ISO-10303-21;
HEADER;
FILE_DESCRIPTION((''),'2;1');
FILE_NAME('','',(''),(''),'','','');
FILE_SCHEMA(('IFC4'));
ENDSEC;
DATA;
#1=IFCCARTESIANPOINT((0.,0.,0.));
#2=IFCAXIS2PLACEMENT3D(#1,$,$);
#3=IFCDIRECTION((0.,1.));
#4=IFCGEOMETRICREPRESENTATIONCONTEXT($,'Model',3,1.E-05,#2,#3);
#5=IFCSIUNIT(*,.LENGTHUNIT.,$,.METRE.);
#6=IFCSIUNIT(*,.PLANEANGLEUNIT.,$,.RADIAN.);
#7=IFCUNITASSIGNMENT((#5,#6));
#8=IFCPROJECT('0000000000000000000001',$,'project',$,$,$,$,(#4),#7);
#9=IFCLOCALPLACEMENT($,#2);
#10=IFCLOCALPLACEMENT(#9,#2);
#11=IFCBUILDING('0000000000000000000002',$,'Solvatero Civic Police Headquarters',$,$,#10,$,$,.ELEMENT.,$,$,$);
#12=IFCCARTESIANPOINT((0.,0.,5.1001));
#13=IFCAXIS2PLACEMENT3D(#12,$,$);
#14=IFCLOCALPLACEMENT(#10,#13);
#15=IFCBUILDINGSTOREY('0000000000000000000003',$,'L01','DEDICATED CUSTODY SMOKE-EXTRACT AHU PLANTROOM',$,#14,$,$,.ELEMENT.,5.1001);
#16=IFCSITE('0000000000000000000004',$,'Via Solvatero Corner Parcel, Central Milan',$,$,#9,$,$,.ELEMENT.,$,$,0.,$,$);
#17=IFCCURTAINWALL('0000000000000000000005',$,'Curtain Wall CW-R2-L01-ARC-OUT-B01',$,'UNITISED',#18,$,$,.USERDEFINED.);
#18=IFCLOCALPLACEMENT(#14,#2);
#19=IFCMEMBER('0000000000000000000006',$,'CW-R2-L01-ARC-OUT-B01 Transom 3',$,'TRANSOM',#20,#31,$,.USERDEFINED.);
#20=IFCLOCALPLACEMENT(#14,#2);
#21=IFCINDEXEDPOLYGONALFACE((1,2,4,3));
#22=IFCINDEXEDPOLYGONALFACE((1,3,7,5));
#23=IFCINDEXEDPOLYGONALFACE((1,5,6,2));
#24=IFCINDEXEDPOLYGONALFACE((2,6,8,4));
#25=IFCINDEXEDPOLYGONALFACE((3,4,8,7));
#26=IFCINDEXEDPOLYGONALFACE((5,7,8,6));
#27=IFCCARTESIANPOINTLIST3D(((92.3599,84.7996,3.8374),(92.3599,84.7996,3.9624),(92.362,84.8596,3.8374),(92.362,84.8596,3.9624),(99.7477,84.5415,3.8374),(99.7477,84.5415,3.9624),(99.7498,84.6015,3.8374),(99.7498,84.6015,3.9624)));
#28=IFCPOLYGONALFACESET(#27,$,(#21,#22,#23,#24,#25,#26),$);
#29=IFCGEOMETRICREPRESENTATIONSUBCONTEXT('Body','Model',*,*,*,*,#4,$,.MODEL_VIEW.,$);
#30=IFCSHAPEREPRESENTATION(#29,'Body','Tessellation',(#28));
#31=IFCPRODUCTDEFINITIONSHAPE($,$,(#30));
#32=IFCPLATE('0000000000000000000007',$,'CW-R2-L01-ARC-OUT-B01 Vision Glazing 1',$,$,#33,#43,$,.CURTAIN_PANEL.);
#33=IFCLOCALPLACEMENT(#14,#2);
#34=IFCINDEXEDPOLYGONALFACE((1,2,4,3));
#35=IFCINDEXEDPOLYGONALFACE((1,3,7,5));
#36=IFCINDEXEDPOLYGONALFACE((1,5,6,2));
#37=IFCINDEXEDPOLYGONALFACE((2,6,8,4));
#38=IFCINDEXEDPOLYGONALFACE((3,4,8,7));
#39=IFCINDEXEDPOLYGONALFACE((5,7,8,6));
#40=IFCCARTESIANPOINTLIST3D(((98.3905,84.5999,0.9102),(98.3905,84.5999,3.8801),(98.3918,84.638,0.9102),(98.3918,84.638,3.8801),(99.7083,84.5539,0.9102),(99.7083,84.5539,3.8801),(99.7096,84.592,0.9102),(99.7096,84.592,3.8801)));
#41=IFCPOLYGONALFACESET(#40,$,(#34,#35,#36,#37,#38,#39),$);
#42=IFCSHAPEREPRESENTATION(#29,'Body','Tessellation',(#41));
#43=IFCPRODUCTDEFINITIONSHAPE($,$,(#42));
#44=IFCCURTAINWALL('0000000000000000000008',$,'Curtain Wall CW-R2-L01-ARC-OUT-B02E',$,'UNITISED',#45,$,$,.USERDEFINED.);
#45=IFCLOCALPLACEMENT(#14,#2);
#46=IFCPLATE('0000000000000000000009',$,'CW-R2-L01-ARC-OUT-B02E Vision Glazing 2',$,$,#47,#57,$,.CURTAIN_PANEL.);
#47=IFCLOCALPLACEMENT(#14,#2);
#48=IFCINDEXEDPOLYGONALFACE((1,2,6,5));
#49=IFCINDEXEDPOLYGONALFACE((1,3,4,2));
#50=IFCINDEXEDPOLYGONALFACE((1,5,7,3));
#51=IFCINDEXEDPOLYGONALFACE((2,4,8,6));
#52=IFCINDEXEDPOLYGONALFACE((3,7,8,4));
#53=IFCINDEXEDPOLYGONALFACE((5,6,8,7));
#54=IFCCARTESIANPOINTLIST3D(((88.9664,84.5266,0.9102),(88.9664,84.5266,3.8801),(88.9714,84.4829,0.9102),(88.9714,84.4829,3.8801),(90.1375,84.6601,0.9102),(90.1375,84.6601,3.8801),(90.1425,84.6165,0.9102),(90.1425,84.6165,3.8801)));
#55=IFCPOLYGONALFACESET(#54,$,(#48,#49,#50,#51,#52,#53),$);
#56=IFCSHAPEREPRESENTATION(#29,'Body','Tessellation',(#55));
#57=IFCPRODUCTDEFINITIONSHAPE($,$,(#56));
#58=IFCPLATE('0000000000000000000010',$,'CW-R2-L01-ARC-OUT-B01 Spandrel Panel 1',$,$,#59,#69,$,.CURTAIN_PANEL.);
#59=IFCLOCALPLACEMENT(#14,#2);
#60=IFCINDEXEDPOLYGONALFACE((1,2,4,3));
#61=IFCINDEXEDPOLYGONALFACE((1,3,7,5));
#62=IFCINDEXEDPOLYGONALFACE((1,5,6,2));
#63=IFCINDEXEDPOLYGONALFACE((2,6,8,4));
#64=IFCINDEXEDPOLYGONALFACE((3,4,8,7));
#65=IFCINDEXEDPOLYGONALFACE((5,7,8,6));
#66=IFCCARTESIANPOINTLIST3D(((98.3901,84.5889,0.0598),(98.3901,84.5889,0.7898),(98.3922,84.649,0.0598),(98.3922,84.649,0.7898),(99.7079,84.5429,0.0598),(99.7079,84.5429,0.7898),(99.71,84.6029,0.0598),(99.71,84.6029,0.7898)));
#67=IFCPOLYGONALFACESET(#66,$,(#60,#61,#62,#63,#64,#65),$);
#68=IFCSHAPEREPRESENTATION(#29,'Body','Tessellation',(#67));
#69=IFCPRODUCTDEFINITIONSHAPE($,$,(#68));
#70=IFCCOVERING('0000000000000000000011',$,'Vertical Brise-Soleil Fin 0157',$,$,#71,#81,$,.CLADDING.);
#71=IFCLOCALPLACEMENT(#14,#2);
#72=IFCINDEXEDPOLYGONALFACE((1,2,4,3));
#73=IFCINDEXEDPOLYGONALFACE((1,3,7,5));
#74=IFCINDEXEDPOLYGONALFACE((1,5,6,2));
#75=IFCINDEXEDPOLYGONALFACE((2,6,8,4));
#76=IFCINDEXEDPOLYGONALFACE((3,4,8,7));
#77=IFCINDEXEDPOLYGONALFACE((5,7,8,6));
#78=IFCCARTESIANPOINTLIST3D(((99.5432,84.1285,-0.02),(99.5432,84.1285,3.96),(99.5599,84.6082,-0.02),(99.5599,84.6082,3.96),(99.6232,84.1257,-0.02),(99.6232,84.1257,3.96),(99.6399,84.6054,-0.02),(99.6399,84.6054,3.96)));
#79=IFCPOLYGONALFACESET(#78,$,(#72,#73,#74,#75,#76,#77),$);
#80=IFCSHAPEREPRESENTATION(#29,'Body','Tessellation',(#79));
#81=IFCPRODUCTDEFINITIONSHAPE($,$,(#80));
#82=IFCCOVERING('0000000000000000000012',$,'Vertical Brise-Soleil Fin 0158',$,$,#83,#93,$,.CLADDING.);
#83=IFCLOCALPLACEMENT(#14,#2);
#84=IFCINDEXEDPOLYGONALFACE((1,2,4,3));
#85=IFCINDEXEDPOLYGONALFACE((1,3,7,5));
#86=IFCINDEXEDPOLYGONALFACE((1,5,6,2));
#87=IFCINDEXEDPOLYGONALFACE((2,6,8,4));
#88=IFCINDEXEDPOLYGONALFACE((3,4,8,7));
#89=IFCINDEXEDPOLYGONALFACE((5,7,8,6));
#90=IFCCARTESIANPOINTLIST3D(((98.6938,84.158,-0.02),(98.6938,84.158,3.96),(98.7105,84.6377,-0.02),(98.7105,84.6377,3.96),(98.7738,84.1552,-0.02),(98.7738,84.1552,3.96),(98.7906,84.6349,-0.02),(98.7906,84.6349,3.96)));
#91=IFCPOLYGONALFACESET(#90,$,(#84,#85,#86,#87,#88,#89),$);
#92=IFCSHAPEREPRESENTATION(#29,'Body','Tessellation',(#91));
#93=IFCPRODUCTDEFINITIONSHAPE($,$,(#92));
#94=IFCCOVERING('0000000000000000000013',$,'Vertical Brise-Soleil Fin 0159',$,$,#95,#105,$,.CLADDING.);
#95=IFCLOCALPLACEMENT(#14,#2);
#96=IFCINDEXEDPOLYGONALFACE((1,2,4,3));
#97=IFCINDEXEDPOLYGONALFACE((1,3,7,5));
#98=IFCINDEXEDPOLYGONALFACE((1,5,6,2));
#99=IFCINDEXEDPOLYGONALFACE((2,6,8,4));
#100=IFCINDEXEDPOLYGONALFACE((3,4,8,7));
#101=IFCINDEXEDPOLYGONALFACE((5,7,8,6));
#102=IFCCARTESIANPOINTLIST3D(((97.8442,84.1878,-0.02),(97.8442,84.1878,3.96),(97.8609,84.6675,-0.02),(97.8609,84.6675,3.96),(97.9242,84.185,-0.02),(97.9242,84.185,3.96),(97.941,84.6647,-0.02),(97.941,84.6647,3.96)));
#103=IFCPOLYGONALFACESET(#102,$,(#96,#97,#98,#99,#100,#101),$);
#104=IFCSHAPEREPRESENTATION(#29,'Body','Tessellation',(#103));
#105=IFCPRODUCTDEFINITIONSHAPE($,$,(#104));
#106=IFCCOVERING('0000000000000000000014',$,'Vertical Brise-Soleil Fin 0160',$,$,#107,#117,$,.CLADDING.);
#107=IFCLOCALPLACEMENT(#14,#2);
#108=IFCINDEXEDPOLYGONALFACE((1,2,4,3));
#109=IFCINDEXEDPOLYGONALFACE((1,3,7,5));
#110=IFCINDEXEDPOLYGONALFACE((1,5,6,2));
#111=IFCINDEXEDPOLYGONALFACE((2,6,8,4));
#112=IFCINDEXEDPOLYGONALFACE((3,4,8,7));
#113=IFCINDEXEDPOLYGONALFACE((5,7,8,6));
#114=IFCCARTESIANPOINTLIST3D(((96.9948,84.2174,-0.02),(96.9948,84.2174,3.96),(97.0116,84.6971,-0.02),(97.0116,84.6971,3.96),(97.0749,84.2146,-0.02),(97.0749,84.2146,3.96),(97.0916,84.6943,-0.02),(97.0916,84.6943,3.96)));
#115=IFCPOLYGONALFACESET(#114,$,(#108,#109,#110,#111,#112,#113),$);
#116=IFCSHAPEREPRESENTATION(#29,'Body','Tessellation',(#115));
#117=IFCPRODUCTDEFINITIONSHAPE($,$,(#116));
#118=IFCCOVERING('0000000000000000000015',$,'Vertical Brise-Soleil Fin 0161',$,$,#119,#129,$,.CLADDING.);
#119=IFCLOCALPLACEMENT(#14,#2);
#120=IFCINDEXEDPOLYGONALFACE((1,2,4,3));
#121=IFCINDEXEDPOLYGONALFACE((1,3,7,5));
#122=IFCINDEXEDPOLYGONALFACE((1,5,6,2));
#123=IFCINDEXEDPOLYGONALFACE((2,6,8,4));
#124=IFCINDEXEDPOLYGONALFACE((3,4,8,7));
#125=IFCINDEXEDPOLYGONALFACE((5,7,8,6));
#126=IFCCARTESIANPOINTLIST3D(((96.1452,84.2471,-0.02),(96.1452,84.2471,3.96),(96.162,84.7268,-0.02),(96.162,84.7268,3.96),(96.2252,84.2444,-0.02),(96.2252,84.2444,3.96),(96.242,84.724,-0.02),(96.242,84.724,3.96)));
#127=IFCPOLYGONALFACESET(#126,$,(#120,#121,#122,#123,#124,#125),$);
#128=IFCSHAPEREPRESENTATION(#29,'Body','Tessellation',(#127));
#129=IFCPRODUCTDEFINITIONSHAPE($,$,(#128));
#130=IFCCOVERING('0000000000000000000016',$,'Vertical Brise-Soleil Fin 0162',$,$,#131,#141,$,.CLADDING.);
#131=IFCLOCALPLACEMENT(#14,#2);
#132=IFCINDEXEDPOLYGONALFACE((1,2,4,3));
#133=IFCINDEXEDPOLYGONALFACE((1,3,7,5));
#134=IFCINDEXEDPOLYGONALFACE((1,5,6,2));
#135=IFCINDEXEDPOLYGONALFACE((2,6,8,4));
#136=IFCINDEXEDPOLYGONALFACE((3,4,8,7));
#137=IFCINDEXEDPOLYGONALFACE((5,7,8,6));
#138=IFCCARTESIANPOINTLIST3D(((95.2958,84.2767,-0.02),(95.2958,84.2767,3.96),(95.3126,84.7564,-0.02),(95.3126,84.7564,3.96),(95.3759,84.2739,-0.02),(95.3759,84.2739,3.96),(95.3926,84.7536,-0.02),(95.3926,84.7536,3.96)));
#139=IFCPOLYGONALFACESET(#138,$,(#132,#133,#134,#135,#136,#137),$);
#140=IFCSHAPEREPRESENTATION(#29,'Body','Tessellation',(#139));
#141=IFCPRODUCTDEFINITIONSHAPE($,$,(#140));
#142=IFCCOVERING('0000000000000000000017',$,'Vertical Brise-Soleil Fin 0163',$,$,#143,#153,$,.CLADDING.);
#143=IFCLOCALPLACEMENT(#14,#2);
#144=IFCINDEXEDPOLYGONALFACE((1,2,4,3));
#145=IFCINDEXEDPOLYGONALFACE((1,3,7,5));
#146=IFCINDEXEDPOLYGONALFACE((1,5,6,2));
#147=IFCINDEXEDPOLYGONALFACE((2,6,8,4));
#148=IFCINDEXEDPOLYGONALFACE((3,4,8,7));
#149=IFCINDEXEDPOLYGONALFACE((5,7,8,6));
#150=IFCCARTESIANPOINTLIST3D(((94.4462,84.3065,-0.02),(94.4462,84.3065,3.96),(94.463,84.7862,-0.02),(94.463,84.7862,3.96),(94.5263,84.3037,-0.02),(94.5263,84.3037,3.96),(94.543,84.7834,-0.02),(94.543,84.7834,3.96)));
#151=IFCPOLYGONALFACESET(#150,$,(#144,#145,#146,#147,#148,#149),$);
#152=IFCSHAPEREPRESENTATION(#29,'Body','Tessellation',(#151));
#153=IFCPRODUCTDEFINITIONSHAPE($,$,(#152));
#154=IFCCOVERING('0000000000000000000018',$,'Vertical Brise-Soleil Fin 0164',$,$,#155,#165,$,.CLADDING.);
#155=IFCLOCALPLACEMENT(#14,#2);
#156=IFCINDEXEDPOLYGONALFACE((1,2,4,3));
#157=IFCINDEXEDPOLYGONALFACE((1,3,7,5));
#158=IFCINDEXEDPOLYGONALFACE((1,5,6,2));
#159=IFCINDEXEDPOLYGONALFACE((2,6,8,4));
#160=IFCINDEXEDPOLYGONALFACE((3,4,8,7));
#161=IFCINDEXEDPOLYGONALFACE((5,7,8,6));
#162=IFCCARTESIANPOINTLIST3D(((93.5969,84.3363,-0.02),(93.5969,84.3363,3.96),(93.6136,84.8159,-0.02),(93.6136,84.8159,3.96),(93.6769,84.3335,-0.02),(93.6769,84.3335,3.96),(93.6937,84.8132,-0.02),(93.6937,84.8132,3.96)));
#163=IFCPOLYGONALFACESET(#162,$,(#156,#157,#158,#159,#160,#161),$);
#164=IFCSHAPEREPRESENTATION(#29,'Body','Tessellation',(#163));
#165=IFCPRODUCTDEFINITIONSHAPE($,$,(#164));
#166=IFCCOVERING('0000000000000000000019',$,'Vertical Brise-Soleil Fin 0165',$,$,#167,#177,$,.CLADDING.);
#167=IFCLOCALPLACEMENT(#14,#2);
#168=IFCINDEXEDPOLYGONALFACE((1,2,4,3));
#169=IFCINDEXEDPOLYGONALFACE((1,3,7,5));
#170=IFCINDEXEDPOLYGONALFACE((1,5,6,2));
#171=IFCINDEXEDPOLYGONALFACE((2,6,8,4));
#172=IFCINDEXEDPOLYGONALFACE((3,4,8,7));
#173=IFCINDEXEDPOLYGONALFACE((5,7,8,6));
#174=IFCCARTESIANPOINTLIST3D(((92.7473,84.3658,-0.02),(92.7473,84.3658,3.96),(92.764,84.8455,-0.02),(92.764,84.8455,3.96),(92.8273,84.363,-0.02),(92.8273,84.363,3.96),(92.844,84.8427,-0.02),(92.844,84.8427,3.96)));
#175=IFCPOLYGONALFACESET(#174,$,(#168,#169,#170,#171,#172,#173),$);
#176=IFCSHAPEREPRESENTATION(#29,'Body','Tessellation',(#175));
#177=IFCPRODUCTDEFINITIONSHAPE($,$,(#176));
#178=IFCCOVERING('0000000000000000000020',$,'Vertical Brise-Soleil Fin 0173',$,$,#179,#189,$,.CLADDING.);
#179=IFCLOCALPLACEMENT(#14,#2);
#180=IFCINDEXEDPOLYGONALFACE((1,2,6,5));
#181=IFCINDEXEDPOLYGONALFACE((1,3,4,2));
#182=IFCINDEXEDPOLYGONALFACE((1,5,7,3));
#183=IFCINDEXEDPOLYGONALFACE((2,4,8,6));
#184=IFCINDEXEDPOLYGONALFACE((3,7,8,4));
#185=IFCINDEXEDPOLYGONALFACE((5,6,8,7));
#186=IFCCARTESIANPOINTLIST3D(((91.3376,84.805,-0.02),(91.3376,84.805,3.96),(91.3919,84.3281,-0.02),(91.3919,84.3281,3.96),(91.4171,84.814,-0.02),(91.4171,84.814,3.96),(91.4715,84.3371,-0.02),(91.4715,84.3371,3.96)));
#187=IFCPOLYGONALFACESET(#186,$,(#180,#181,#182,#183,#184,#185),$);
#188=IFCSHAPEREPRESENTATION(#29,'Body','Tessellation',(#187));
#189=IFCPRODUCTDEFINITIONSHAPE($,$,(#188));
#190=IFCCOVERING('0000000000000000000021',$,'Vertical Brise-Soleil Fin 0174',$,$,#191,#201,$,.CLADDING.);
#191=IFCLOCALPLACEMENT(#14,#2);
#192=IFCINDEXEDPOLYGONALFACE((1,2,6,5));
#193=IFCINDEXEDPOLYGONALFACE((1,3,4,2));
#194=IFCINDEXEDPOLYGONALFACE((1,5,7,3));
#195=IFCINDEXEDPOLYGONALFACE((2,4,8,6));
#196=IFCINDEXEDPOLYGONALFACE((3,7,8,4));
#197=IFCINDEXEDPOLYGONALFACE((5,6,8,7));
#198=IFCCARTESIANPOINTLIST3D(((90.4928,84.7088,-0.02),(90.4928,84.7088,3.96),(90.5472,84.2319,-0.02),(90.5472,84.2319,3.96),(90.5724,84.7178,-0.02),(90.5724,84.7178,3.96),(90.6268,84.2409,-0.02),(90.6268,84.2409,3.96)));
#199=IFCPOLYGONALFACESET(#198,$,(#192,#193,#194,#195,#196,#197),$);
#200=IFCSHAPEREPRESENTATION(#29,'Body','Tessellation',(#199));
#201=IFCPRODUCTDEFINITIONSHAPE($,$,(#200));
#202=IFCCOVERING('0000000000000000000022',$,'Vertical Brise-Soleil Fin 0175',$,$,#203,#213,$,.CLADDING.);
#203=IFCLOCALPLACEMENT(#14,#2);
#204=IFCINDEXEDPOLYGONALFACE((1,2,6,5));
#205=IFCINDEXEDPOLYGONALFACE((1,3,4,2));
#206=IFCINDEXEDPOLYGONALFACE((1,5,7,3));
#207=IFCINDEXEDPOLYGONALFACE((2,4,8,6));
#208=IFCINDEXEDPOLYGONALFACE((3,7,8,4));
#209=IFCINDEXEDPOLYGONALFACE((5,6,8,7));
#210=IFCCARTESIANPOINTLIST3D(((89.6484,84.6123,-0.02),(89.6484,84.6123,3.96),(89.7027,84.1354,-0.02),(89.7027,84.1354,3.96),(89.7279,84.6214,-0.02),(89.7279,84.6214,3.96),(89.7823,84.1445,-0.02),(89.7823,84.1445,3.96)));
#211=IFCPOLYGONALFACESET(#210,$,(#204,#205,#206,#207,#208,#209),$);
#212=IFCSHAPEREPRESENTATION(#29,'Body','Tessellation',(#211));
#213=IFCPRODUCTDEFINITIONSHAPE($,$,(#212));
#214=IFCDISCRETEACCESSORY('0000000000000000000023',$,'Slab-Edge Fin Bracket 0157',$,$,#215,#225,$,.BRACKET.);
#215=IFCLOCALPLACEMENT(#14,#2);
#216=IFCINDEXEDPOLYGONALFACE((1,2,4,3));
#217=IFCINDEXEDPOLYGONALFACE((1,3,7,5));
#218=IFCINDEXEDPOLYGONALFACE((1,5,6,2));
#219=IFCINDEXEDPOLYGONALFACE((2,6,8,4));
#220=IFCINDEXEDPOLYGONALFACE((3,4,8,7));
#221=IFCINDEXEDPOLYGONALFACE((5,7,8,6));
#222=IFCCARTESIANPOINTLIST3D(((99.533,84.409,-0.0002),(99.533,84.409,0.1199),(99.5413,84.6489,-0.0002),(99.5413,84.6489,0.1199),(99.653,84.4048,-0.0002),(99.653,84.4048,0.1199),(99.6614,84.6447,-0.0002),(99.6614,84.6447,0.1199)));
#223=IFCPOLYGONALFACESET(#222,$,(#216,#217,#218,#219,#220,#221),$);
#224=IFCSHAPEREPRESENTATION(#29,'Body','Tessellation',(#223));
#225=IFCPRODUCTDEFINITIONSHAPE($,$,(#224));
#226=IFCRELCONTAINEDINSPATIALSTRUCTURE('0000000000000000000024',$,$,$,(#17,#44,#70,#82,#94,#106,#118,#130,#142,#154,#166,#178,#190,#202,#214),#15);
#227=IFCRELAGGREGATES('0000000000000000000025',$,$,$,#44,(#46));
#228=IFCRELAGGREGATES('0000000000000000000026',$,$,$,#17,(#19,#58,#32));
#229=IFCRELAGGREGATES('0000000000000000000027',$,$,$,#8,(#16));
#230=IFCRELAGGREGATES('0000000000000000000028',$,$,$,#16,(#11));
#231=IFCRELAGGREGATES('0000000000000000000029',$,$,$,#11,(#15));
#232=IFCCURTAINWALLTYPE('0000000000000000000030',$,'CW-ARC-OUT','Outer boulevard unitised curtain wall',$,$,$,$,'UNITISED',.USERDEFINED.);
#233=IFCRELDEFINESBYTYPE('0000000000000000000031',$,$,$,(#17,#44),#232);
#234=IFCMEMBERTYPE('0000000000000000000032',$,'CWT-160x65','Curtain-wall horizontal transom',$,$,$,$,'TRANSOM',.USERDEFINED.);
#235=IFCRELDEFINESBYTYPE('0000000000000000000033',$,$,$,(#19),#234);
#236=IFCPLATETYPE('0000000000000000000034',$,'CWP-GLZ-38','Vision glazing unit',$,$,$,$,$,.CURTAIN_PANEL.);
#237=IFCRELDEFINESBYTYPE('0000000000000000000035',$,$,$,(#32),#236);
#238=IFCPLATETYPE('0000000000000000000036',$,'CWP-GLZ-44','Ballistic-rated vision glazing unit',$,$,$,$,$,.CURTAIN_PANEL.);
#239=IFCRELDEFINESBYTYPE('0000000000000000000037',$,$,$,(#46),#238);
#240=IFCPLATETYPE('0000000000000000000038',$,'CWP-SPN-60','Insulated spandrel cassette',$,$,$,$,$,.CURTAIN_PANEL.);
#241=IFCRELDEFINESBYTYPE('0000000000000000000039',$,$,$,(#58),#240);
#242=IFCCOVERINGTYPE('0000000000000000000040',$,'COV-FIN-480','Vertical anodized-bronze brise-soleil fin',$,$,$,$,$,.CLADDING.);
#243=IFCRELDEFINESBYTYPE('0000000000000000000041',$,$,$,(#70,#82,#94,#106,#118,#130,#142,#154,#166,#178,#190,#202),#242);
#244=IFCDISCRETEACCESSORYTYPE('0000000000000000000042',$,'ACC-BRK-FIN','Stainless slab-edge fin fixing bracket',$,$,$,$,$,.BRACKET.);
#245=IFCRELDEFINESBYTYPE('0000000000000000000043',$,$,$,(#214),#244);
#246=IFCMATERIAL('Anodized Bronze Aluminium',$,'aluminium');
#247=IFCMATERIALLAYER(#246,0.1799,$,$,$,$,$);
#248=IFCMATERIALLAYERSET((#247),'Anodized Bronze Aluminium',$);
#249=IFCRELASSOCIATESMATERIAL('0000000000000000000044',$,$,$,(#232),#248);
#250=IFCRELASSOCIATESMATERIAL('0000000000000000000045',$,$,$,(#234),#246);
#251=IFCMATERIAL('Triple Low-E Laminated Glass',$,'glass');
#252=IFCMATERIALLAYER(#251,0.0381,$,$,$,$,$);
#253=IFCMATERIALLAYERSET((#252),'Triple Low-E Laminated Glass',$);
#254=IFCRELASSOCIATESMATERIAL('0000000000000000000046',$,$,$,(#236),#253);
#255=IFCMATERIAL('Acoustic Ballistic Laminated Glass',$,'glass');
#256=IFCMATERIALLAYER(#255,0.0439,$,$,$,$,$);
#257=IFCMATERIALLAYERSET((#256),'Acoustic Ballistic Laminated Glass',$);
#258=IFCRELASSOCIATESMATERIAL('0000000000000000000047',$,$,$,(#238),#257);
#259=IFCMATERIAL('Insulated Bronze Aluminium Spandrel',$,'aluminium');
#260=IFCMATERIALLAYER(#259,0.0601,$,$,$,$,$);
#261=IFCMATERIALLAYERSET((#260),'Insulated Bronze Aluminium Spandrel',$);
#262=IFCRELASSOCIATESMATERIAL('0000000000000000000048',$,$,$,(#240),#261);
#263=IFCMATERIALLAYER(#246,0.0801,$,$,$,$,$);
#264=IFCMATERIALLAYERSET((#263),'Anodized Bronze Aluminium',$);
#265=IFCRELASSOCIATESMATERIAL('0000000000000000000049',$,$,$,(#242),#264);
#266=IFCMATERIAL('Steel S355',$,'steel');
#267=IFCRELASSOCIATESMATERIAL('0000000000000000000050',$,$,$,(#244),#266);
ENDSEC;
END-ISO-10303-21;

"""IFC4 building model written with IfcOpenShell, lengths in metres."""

from ifc_helpers import new_model, si_unit, direction, frame, origin, origin_2d, place, context, subcontext, project, spatial, rectangle, extrude, material, layer, layer_set, material_profile, profile_set, type_object, element, aggregate, save


model = new_model("IFC4")

# Units and contexts
model_context = context("Model", 3, precision=1e-05, world=origin(), true_north=direction((0.0, 1.0)))
body_context = subcontext(model_context, "Body", "Model", "MODEL_VIEW")
ifc_project = project(units=[si_unit("LENGTHUNIT", "METRE"), si_unit("PLANEANGLEUNIT", "RADIAN")], contexts=[model_context])

# Site, building, storey
site_placement = place(None, origin())
site = spatial("IfcSite", under=ifc_project, at=site_placement, Name="Via Solvatero Corner Parcel, Central Milan", CompositionType="ELEMENT", RefElevation=0.0)
building_placement = place(site_placement, origin())
building = spatial("IfcBuilding", under=site, at=building_placement, Name="Solvatero Civic Police Headquarters", CompositionType="ELEMENT")
storey_placement = place(building_placement, frame((0.0, 0.0, 5.1001)))
storey = spatial("IfcBuildingStorey", under=building, at=storey_placement, Name="L01", Description="DEDICATED CUSTODY SMOKE-EXTRACT AHU PLANTROOM", CompositionType="ELEMENT", Elevation=5.1001)

# Shared definitions
ifc_material_1 = material(Name="Steel S355", Category="steel")

# Curtain wall, member, plate
ifc_material_2 = material(Name="Anodized Bronze Aluminium", Category="aluminium")
ifc_layer_1 = layer(ifc_material_2, 0.1799)
ifc_layer_set_1 = layer_set([ifc_layer_1], Name="Anodized Bronze Aluminium")
curtain_wall_type = type_object("IfcCurtainWallType", Name="CW-ARC-OUT", Description="Outer boulevard unitised curtain wall", ElementType="UNITISED", PredefinedType="USERDEFINED", material=ifc_layer_set_1)
curtain_wall_1_placement = place(storey_placement, origin())
curtain_wall_1 = element("IfcCurtainWall", 1, at=curtain_wall_1_placement, inside=storey, type_object=curtain_wall_type, Name="Curtain Wall CW-R2-L01-ARC-OUT-B01", ObjectType="UNITISED", PredefinedType="USERDEFINED")
ifc_material_profile_1 = material_profile(ifc_material_2, rectangle(XDim=0.0601, YDim=0.125, at=origin_2d()), Name="ALU TRANSOM 60x125")
ifc_profile_set_1 = profile_set([ifc_material_profile_1], Name="Anodized Bronze Aluminium")
member_type_1 = type_object("IfcMemberType", Name="CWT-160x65", Description="Curtain-wall horizontal transom", ElementType="TRANSOM", PredefinedType="USERDEFINED", material=ifc_profile_set_1)
member_1_placement = place(storey_placement, frame((99.7488, 84.5715, 3.8999), z_axis=(-0.999391, 0.034908, 0.0), x_axis=(-0.034908, -0.999391, 0.0)))
member_1 = element("IfcMember", 2, at=member_1_placement, type_object=member_type_1, Name="CW-R2-L01-ARC-OUT-B01 Transom 3", ObjectType="TRANSOM", PredefinedType="USERDEFINED", context=body_context, shape_type="SweptSolid", body=[
    extrude(rectangle(XDim=0.0601, YDim=0.125, at=origin_2d()), origin(), (0.0, 0.0, 1.0), 7.3923),
])
ifc_material_3 = material(Name="Triple Low-E Laminated Glass", Category="glass")
ifc_layer_2 = layer(ifc_material_3, 0.0381)
ifc_layer_set_2 = layer_set([ifc_layer_2], Name="Triple Low-E Laminated Glass")
plate_type_1 = type_object("IfcPlateType", Name="CWP-GLZ-38", Description="Vision glazing unit", PredefinedType="CURTAIN_PANEL", material=ifc_layer_set_2)
plate_1_placement = place(storey_placement, frame((99.05, 84.5959, 0.9102), z_axis=(0.0, 0.0, 1.0), x_axis=(-0.999391, 0.034899, 0.0)))
plate_1 = element("IfcPlate", 3, at=plate_1_placement, type_object=plate_type_1, Name="CW-R2-L01-ARC-OUT-B01 Vision Glazing 1", PredefinedType="CURTAIN_PANEL", context=body_context, shape_type="SweptSolid", body=[
    extrude(rectangle(XDim=1.3186, YDim=0.0381, at=origin_2d()), origin(), (0.0, 0.0, 1.0), 2.97),
])

# Curtain wall, plate
curtain_wall_2_placement = place(storey_placement, origin())
curtain_wall_2 = element("IfcCurtainWall", 4, at=curtain_wall_2_placement, inside=storey, type_object=curtain_wall_type, Name="Curtain Wall CW-R2-L01-ARC-OUT-B02E", ObjectType="UNITISED", PredefinedType="USERDEFINED")
ifc_material_4 = material(Name="Acoustic Ballistic Laminated Glass", Category="glass")
ifc_layer_3 = layer(ifc_material_4, 0.0439)
ifc_layer_set_3 = layer_set([ifc_layer_3], Name="Acoustic Ballistic Laminated Glass")
plate_type_2 = type_object("IfcPlateType", Name="CWP-GLZ-44", Description="Ballistic-rated vision glazing unit", PredefinedType="CURTAIN_PANEL", material=ifc_layer_set_3)
plate_2_placement = place(storey_placement, frame((89.5544, 84.5715, 0.9102), z_axis=(0.0, 0.0, 1.0), x_axis=(-0.993564, -0.113273, 0.0)))
plate_2 = element("IfcPlate", 5, at=plate_2_placement, type_object=plate_type_2, Name="CW-R2-L01-ARC-OUT-B02E Vision Glazing 2", PredefinedType="CURTAIN_PANEL", context=body_context, shape_type="SweptSolid", body=[
    extrude(rectangle(XDim=1.1787, YDim=0.0439, at=origin_2d()), origin(), (0.0, 0.0, 1.0), 2.97),
])
aggregate(curtain_wall_2, [plate_2])

# Plate
ifc_material_5 = material(Name="Insulated Bronze Aluminium Spandrel", Category="aluminium")
ifc_layer_4 = layer(ifc_material_5, 0.0601)
ifc_layer_set_4 = layer_set([ifc_layer_4], Name="Insulated Bronze Aluminium Spandrel")
plate_type_3 = type_object("IfcPlateType", Name="CWP-SPN-60", Description="Insulated spandrel cassette", PredefinedType="CURTAIN_PANEL", material=ifc_layer_set_4)
plate_3_placement = place(storey_placement, frame((99.05, 84.5959, 0.0598), z_axis=(0.0, 0.0, 1.0), x_axis=(-0.999391, 0.034899, 0.0)))
plate_3 = element("IfcPlate", 6, at=plate_3_placement, type_object=plate_type_3, Name="CW-R2-L01-ARC-OUT-B01 Spandrel Panel 1", PredefinedType="CURTAIN_PANEL", context=body_context, shape_type="SweptSolid", body=[
    extrude(rectangle(XDim=1.3186, YDim=0.0601, at=origin_2d()), origin(), (0.0, 0.0, 1.0), 0.73),
])
aggregate(curtain_wall_1, [member_1, plate_3, plate_1])

# Coverings
ifc_layer_5 = layer(ifc_material_2, 0.0801)
ifc_layer_set_5 = layer_set([ifc_layer_5], Name="Anodized Bronze Aluminium")
covering_type = type_object("IfcCoveringType", Name="COV-FIN-480", Description="Vertical anodized-bronze brise-soleil fin", PredefinedType="CLADDING", material=ifc_layer_set_5)
for number, where, z_axis, x_axis, name in (
    (7, (99.5916, 84.3669, -0.02), (0.0, 0.0, 1.0), (-0.999391, 0.034899, 0.0), "Vertical Brise-Soleil Fin 0157"),
    (8, (98.7422, 84.3965, -0.02), (0.0, 0.0, 1.0), (-0.999391, 0.034899, 0.0), "Vertical Brise-Soleil Fin 0158"),
    (9, (97.8926, 84.4263, -0.02), (0.0, 0.0, 1.0), (-0.999391, 0.034899, 0.0), "Vertical Brise-Soleil Fin 0159"),
    (10, (97.0432, 84.4558, -0.02), (0.0, 0.0, 1.0), (-0.999391, 0.034899, 0.0), "Vertical Brise-Soleil Fin 0160"),
    (11, (96.1936, 84.4856, -0.02), (0.0, 0.0, 1.0), (-0.999391, 0.034899, 0.0), "Vertical Brise-Soleil Fin 0161"),
    (12, (95.3442, 84.5151, -0.02), (0.0, 0.0, 1.0), (-0.999391, 0.034899, 0.0), "Vertical Brise-Soleil Fin 0162"),
    (13, (94.4946, 84.5449, -0.02), (0.0, 0.0, 1.0), (-0.999391, 0.034899, 0.0), "Vertical Brise-Soleil Fin 0163"),
    (14, (93.6453, 84.5747, -0.02), (0.0, 0.0, 1.0), (-0.999391, 0.034899, 0.0), "Vertical Brise-Soleil Fin 0164"),
    (15, (92.7957, 84.6042, -0.02), (0.0, 0.0, 1.0), (-0.999391, 0.034899, 0.0), "Vertical Brise-Soleil Fin 0165"),
    (16, (91.4045, 84.571, -0.02), (0.0, 0.0, 1.0), (-0.993564, -0.113273, 0.0), "Vertical Brise-Soleil Fin 0173"),
    (17, (90.5598, 84.4749, -0.02), (0.0, 0.0, 1.0), (-0.993564, -0.113273, 0.0), "Vertical Brise-Soleil Fin 0174"),
    (18, (89.7153, 84.3784, -0.02), (0.0, 0.0, 1.0), (-0.993564, -0.113273, 0.0), "Vertical Brise-Soleil Fin 0175"),
):
    element("IfcCovering", number, at=place(storey_placement, frame(where, z_axis=z_axis, x_axis=x_axis)), inside=storey, type_object=covering_type, Name=name, PredefinedType="CLADDING", context=body_context, shape_type="SweptSolid", body=[
        extrude(rectangle(XDim=0.0801, YDim=0.48, at=origin_2d()), origin(), (0.0, 0.0, 1.0), 3.98),
    ])

# Discrete accessory
discrete_accessory_type = type_object("IfcDiscreteAccessoryType", Name="ACC-BRK-FIN", Description="Stainless slab-edge fin fixing bracket", PredefinedType="BRACKET", material=ifc_material_1)
for number, where, z_axis, x_axis, name in (
    (19, (99.5972, 84.5269, -0.0002), (0.0, 0.0, 1.0), (-0.999391, 0.034899, 0.0), "Slab-Edge Fin Bracket 0157"),
):
    element("IfcDiscreteAccessory", number, at=place(storey_placement, frame(where, z_axis=z_axis, x_axis=x_axis)), inside=storey, type_object=discrete_accessory_type, Name=name, PredefinedType="BRACKET", context=body_context, shape_type="SweptSolid", body=[
        extrude(rectangle(XDim=0.1201, YDim=0.24, at=origin_2d()), origin(), (0.0, 0.0, 1.0), 0.1201),
    ])

save(model, "model.ifc")
